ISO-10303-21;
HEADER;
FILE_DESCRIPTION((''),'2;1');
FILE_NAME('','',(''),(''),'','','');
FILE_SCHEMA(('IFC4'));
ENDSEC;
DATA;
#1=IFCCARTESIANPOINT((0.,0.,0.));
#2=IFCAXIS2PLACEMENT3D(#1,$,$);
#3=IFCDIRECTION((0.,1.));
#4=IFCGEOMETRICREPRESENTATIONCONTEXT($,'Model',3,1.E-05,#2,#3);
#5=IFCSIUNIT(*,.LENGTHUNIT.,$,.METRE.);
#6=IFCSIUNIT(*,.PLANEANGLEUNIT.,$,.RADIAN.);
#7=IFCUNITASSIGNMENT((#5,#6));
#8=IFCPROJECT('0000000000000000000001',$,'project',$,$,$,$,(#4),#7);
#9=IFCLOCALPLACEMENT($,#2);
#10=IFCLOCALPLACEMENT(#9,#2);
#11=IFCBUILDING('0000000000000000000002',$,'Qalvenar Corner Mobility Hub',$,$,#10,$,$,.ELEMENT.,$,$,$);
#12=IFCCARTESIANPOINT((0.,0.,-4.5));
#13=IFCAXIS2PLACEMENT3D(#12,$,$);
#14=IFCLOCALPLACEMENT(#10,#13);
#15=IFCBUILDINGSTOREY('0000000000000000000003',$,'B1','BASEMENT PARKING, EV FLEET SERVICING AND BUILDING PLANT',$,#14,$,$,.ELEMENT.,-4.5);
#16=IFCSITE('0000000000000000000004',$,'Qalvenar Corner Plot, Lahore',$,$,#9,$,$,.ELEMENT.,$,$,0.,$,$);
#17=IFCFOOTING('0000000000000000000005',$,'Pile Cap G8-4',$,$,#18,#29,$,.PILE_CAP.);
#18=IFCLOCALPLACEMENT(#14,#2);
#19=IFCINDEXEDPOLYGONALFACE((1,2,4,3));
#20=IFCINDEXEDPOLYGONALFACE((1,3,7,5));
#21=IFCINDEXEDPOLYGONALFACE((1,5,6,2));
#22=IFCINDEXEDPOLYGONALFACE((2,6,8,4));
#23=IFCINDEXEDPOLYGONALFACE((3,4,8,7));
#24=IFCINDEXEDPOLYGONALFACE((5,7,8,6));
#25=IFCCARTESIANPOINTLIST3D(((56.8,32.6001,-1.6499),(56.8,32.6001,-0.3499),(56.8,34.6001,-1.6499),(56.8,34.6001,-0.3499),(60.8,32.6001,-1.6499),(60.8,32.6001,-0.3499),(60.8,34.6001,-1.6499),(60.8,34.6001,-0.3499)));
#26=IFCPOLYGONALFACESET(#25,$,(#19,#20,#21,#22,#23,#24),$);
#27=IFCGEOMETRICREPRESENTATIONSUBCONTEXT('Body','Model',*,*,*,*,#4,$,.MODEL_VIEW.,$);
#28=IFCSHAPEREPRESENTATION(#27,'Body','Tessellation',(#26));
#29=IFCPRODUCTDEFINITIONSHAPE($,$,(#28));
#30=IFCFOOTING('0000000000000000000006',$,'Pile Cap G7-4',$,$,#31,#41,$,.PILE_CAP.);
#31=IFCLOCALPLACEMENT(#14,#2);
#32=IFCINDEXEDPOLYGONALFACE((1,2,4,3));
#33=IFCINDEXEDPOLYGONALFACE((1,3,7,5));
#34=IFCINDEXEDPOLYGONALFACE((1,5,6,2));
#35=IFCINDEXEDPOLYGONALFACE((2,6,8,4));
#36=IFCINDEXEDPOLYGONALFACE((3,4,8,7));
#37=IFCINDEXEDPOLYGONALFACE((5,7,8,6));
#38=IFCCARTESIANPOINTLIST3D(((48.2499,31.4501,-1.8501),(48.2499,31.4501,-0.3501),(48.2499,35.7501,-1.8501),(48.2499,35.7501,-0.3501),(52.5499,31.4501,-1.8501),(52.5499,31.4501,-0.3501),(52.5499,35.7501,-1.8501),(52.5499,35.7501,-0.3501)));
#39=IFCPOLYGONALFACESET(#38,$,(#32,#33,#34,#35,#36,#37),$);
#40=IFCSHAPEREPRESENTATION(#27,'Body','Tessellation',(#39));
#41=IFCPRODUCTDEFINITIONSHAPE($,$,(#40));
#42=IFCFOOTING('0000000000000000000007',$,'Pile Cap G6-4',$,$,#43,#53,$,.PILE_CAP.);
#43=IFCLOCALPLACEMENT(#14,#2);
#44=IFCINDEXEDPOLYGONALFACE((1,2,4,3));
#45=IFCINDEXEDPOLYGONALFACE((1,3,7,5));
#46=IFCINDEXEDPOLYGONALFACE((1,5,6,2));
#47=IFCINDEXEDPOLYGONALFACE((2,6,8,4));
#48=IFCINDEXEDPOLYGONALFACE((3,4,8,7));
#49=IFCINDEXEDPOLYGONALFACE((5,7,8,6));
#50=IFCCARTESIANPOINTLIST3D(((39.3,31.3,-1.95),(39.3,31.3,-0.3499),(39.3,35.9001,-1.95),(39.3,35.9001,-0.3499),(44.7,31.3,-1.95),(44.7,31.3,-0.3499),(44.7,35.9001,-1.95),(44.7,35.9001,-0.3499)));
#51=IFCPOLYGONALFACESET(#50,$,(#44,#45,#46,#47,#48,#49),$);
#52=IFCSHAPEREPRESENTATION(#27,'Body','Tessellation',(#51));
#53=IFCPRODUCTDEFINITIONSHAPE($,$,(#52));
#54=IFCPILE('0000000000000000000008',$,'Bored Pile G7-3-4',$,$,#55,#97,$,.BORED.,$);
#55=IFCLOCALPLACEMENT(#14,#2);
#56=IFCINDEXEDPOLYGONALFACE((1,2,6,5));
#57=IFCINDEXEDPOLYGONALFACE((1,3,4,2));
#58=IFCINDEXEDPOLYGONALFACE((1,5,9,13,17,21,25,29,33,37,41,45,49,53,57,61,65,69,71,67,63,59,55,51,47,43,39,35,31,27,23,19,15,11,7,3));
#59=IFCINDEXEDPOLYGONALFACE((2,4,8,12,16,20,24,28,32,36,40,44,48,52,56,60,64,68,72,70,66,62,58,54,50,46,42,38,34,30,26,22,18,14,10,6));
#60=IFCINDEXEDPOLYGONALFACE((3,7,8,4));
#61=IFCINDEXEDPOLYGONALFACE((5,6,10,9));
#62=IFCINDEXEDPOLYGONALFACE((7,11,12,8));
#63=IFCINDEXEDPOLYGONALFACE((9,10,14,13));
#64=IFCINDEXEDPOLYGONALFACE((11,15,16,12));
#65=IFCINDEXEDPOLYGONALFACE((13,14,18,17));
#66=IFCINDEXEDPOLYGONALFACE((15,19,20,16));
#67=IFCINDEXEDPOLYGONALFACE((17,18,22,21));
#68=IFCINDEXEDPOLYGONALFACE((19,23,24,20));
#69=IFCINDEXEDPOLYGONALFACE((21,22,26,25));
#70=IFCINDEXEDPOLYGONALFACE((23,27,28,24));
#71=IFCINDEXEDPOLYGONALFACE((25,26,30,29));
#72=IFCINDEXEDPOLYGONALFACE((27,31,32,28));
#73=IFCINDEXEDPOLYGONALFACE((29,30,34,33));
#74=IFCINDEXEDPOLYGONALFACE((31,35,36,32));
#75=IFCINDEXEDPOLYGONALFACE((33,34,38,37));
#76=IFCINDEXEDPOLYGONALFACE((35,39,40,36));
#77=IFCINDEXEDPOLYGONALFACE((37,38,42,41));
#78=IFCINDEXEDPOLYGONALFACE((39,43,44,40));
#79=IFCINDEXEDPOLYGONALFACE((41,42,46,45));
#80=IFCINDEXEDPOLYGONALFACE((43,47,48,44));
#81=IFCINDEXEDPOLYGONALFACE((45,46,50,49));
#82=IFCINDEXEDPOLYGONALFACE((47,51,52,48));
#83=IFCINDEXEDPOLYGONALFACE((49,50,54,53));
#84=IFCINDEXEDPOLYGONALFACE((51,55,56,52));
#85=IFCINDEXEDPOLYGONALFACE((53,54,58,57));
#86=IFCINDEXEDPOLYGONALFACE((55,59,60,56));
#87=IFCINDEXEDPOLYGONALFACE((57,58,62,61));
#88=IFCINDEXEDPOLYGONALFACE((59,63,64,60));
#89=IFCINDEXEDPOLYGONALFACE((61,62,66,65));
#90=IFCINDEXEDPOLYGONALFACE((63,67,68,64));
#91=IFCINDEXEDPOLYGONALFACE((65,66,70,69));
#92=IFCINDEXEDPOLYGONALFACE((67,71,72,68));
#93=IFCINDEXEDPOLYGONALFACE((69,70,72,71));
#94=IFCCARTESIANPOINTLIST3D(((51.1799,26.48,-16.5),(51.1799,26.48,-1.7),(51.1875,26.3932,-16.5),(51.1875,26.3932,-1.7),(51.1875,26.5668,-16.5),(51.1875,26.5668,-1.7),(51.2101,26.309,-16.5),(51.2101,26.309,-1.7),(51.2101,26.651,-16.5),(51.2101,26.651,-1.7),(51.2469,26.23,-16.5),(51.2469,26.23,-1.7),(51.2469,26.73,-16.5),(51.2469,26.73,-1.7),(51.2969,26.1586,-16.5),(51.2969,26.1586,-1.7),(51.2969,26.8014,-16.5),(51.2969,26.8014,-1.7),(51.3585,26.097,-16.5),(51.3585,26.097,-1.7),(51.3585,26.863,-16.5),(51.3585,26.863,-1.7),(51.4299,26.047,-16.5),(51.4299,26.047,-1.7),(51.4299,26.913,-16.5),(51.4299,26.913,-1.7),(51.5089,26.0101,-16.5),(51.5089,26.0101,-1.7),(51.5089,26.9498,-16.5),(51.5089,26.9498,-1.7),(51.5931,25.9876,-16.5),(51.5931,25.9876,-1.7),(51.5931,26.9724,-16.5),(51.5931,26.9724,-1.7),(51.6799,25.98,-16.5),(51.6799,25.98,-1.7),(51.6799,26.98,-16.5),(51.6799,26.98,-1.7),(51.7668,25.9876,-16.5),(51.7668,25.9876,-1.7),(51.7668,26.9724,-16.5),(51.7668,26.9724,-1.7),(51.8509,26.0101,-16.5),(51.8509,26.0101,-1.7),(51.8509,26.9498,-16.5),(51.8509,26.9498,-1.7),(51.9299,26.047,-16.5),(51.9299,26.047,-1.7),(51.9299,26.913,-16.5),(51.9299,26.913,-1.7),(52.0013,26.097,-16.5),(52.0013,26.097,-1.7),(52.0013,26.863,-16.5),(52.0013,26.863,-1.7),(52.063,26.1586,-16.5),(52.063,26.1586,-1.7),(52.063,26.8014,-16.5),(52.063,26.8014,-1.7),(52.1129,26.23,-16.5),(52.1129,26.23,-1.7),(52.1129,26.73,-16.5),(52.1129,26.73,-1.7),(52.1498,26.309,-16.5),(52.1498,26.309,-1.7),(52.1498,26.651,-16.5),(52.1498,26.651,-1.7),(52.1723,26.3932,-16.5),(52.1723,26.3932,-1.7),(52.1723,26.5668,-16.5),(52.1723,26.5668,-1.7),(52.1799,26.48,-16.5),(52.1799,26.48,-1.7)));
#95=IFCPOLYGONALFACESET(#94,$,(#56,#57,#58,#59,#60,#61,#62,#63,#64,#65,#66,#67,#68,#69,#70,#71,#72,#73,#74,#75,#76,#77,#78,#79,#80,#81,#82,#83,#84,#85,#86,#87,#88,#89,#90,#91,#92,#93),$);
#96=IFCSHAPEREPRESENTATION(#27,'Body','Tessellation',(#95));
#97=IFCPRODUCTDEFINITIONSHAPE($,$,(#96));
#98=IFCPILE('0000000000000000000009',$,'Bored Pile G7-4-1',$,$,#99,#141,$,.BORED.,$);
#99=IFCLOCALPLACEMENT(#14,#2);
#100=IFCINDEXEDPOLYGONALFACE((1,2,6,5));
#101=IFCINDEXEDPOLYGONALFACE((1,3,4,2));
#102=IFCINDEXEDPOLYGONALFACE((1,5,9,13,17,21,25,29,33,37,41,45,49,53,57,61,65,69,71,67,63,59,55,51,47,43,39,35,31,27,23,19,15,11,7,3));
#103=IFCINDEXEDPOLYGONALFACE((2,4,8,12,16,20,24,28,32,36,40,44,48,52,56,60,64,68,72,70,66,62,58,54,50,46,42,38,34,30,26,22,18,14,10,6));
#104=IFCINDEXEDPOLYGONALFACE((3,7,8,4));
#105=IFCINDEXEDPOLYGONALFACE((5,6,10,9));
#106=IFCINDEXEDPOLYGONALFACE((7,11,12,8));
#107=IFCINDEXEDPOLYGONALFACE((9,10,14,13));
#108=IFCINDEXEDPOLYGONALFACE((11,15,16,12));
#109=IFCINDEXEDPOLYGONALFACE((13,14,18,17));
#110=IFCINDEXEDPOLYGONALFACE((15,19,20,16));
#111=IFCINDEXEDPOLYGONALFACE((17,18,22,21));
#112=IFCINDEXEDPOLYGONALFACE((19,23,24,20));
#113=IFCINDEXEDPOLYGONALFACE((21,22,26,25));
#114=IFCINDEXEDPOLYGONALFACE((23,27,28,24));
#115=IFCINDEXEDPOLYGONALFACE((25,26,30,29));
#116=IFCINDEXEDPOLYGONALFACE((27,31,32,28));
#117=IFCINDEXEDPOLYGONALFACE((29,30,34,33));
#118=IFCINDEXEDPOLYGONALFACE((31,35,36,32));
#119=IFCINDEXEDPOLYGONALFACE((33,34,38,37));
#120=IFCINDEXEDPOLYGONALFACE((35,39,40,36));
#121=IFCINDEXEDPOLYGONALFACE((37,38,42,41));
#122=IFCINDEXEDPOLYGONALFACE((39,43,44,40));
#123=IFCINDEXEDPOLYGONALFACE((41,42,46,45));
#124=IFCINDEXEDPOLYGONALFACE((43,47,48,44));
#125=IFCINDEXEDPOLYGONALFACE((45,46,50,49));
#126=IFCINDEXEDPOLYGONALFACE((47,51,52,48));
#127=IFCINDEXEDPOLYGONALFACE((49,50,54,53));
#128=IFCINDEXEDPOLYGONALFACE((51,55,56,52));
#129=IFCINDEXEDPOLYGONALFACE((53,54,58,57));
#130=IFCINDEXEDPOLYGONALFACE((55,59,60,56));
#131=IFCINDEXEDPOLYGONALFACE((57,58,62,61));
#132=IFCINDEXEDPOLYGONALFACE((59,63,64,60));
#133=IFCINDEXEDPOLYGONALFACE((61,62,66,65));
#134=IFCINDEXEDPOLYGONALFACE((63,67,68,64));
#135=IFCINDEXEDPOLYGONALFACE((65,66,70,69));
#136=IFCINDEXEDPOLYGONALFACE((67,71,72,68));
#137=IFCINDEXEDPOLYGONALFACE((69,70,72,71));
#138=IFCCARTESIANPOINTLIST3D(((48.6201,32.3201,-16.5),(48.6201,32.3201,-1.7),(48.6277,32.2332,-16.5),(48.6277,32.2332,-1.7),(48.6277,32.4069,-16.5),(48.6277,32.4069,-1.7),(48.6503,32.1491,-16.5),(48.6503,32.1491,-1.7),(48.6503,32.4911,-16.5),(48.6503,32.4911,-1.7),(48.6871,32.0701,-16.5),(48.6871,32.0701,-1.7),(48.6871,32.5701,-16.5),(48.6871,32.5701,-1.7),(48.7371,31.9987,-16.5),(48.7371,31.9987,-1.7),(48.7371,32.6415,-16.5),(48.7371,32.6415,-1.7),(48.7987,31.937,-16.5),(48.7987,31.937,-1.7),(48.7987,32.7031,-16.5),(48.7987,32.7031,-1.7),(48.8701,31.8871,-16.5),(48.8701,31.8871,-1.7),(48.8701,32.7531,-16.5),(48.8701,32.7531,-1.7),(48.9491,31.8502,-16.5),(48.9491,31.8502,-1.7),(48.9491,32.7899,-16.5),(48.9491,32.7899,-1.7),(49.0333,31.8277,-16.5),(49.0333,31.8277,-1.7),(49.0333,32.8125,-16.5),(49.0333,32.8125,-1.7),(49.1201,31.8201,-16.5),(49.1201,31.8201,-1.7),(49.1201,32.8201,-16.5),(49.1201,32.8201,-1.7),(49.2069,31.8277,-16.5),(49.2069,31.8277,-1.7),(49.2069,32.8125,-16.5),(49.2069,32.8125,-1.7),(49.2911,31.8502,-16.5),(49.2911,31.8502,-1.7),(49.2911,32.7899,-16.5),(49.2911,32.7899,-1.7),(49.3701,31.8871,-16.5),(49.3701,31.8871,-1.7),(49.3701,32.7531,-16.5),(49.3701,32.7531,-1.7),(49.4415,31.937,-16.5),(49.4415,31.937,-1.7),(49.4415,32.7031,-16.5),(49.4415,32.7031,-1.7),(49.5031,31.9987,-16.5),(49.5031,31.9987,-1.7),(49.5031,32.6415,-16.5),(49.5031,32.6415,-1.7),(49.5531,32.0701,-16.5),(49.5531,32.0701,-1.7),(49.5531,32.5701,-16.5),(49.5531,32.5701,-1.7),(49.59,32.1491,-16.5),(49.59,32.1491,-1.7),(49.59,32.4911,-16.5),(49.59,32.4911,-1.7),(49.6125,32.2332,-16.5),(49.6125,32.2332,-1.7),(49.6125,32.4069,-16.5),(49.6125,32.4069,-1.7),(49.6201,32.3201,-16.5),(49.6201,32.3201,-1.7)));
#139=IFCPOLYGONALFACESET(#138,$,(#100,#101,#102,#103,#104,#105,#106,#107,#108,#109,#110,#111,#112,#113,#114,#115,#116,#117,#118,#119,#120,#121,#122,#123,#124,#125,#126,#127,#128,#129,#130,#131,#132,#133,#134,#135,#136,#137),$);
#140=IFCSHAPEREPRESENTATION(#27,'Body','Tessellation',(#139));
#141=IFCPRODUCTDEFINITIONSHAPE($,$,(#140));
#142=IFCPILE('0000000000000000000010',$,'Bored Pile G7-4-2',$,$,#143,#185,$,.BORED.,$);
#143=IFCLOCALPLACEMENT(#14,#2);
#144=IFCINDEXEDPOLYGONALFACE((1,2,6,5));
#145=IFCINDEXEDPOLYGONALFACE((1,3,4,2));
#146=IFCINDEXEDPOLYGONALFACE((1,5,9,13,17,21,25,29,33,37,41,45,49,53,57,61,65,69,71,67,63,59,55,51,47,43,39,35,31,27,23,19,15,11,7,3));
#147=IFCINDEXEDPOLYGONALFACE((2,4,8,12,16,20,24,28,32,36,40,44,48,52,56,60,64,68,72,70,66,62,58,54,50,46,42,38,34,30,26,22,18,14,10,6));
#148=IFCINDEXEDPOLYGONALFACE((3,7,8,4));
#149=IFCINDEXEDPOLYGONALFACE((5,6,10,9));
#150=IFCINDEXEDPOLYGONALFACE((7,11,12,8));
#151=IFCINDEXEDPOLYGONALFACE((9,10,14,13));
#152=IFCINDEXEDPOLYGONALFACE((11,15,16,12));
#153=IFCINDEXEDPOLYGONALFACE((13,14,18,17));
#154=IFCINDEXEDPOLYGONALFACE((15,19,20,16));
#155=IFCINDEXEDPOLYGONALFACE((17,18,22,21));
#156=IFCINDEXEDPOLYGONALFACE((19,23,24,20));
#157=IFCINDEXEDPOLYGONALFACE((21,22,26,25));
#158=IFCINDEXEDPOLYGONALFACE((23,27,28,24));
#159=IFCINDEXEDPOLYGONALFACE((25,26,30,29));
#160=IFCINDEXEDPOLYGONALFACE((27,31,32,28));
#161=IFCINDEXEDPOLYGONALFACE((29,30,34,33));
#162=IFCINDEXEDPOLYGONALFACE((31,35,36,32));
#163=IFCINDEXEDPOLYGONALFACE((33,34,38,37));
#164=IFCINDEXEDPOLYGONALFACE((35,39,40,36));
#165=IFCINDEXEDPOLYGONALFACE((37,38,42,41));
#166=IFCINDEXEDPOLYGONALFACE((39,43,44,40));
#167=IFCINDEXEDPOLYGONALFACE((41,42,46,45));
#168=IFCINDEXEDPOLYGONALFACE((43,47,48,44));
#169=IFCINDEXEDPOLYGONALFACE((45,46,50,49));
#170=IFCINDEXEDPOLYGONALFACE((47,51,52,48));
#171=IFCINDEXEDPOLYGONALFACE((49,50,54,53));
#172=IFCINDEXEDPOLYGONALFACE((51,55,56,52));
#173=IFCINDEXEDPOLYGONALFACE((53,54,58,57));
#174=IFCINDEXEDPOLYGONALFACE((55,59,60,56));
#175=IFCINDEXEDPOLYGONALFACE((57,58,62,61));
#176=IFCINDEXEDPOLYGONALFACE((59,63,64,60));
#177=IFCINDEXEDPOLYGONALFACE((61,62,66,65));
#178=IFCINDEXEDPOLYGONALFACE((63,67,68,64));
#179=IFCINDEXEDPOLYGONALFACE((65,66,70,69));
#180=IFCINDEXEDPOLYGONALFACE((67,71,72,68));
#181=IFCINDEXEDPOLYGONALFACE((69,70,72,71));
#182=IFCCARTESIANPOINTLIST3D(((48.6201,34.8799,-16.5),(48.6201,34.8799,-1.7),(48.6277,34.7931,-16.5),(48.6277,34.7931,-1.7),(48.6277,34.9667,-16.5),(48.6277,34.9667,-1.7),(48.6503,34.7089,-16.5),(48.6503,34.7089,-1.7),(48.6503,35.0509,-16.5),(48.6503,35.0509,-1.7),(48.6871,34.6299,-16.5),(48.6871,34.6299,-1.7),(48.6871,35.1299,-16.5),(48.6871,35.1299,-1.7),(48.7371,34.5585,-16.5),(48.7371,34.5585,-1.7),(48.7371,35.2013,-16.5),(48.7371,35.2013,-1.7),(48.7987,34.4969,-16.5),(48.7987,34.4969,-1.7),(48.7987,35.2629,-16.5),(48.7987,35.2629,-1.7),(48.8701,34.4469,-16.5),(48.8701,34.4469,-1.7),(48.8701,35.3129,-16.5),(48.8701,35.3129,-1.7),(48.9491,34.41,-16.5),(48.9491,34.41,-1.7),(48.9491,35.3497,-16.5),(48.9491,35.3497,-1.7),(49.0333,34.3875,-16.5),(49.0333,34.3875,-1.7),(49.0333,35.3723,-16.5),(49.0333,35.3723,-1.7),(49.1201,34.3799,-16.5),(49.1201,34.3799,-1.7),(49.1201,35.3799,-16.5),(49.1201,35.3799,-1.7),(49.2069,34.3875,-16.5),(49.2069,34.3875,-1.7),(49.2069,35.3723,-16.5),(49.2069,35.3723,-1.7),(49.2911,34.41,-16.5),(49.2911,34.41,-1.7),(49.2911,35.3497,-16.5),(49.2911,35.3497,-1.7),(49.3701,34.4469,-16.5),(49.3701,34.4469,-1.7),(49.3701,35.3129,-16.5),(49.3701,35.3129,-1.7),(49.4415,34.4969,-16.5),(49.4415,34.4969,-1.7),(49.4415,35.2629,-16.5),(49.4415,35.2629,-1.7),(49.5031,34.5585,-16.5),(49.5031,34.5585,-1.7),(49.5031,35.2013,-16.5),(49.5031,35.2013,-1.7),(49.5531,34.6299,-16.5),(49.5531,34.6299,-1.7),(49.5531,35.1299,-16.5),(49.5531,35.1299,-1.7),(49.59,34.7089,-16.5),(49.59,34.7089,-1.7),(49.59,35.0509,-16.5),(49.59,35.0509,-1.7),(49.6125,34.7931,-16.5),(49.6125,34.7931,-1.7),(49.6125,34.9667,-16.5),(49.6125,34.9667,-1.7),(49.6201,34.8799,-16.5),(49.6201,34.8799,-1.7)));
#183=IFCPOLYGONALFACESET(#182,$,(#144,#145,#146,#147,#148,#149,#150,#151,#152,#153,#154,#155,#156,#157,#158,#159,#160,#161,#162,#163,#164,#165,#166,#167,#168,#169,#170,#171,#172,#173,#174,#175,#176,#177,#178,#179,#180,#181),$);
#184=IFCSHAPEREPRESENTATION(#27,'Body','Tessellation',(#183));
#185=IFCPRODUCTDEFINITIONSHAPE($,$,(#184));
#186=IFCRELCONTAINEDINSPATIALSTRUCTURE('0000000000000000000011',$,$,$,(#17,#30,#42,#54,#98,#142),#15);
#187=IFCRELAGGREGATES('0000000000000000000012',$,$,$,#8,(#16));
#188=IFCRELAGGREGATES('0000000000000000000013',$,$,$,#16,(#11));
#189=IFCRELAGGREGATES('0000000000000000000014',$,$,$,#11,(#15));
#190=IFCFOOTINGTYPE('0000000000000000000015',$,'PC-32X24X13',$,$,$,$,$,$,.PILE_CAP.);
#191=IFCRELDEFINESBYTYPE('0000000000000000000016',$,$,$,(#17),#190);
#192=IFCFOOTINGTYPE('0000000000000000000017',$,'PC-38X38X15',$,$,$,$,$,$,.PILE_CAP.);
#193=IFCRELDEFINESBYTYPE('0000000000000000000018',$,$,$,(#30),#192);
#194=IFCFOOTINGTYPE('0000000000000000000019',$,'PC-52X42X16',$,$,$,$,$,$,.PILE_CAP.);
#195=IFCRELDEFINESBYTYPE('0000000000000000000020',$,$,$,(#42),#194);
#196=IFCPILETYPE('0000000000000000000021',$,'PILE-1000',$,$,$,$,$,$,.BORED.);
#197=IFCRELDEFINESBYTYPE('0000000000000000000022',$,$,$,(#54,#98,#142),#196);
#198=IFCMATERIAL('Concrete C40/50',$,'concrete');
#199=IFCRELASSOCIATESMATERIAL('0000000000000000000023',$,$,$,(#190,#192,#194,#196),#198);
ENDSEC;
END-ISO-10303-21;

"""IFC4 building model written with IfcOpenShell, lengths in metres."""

from ifc_helpers import new_model, si_unit, direction, frame, origin, origin_2d, place, context, subcontext, project, spatial, rectangle, circle, extrude, material, material_profile, profile_set, type_object, element, save


model = new_model("IFC4")

# Units and contexts
model_context = context("Model", 3, precision=1e-05, world=origin(), true_north=direction((0.0, 1.0)))
body_context = subcontext(model_context, "Body", "Model", "MODEL_VIEW")
ifc_project = project(units=[si_unit("LENGTHUNIT", "METRE"), si_unit("PLANEANGLEUNIT", "RADIAN")], contexts=[model_context])

# Site, building, storey
site_placement = place(None, origin())
site = spatial("IfcSite", under=ifc_project, at=site_placement, Name="Qalvenar Corner Plot, Lahore", CompositionType="ELEMENT", RefElevation=0.0)
building_placement = place(site_placement, origin())
building = spatial("IfcBuilding", under=site, at=building_placement, Name="Qalvenar Corner Mobility Hub", CompositionType="ELEMENT")
storey_placement = place(building_placement, frame((0.0, 0.0, -4.5)))
storey = spatial("IfcBuildingStorey", under=building, at=storey_placement, Name="B1", Description="BASEMENT PARKING, EV FLEET SERVICING AND BUILDING PLANT", CompositionType="ELEMENT", Elevation=-4.5)

# Footings
ifc_material_1 = material(Name="Concrete C40/50", Category="concrete")
footing_type_1 = type_object("IfcFootingType", Name="PC-32X24X13", PredefinedType="PILE_CAP", material=ifc_material_1)
footing_1_placement = place(storey_placement, frame((58.8, 33.6001, -1.6499), z_axis=(0.0, 0.0, 1.0), x_axis=(1.0, 0.0, 0.0)))
element("IfcFooting", 1, at=footing_1_placement, inside=storey, type_object=footing_type_1, Name="Pile Cap G8-4", PredefinedType="PILE_CAP", context=body_context, shape_type="SweptSolid", body=[
    extrude(rectangle(XDim=4.0, YDim=2.0, at=origin_2d()), origin(), (0.0, 0.0, 1.0), 1.3),
])
footing_type_2 = type_object("IfcFootingType", Name="PC-38X38X15", PredefinedType="PILE_CAP", material=ifc_material_1)
footing_2_placement = place(storey_placement, frame((50.3999, 33.6001, -1.8501), z_axis=(0.0, 0.0, 1.0), x_axis=(1.0, 0.0, 0.0)))
element("IfcFooting", 2, at=footing_2_placement, inside=storey, type_object=footing_type_2, Name="Pile Cap G7-4", PredefinedType="PILE_CAP", context=body_context, shape_type="SweptSolid", body=[
    extrude(rectangle(XDim=4.3, YDim=4.3, at=origin_2d()), origin(), (0.0, 0.0, 1.0), 1.5),
])
footing_type_3 = type_object("IfcFootingType", Name="PC-52X42X16", PredefinedType="PILE_CAP", material=ifc_material_1)
footing_3_placement = place(storey_placement, frame((42.0, 33.6001, -1.95), z_axis=(0.0, 0.0, 1.0), x_axis=(1.0, 0.0, 0.0)))
element("IfcFooting", 3, at=footing_3_placement, inside=storey, type_object=footing_type_3, Name="Pile Cap G6-4", PredefinedType="PILE_CAP", context=body_context, shape_type="SweptSolid", body=[
    extrude(rectangle(XDim=5.3999, YDim=4.6001, at=origin_2d()), origin(), (0.0, 0.0, 1.0), 1.6001),
])

# Piles
ifc_material_profile_1 = material_profile(ifc_material_1, circle(Radius=0.5, at=origin_2d()), Name="DIA1000")
ifc_profile_set_1 = profile_set([ifc_material_profile_1], Name="Concrete C40/50")
pile_type_1 = type_object("IfcPileType", Name="PILE-1000", PredefinedType="BORED", material=ifc_profile_set_1)
for number, where, z_axis, x_axis, name in (
    (4, (51.6799, 26.48, -1.7), (0.0, 0.0, -1.0), (1.0, 0.0, 0.0), "Bored Pile G7-3-4"),
    (5, (49.1201, 32.3201, -1.7), (0.0, 0.0, -1.0), (1.0, 0.0, 0.0), "Bored Pile G7-4-1"),
    (6, (49.1201, 34.8799, -1.7), (0.0, 0.0, -1.0), (1.0, 0.0, 0.0), "Bored Pile G7-4-2"),
):
    element("IfcPile", number, at=place(storey_placement, frame(where, z_axis=z_axis, x_axis=x_axis)), inside=storey, type_object=pile_type_1, Name=name, PredefinedType="BORED", context=body_context, shape_type="SweptSolid", body=[
        extrude(circle(Radius=0.5, at=origin_2d()), origin(), (0.0, 0.0, 1.0), 14.8),
    ])

save(model, "model.ifc")
